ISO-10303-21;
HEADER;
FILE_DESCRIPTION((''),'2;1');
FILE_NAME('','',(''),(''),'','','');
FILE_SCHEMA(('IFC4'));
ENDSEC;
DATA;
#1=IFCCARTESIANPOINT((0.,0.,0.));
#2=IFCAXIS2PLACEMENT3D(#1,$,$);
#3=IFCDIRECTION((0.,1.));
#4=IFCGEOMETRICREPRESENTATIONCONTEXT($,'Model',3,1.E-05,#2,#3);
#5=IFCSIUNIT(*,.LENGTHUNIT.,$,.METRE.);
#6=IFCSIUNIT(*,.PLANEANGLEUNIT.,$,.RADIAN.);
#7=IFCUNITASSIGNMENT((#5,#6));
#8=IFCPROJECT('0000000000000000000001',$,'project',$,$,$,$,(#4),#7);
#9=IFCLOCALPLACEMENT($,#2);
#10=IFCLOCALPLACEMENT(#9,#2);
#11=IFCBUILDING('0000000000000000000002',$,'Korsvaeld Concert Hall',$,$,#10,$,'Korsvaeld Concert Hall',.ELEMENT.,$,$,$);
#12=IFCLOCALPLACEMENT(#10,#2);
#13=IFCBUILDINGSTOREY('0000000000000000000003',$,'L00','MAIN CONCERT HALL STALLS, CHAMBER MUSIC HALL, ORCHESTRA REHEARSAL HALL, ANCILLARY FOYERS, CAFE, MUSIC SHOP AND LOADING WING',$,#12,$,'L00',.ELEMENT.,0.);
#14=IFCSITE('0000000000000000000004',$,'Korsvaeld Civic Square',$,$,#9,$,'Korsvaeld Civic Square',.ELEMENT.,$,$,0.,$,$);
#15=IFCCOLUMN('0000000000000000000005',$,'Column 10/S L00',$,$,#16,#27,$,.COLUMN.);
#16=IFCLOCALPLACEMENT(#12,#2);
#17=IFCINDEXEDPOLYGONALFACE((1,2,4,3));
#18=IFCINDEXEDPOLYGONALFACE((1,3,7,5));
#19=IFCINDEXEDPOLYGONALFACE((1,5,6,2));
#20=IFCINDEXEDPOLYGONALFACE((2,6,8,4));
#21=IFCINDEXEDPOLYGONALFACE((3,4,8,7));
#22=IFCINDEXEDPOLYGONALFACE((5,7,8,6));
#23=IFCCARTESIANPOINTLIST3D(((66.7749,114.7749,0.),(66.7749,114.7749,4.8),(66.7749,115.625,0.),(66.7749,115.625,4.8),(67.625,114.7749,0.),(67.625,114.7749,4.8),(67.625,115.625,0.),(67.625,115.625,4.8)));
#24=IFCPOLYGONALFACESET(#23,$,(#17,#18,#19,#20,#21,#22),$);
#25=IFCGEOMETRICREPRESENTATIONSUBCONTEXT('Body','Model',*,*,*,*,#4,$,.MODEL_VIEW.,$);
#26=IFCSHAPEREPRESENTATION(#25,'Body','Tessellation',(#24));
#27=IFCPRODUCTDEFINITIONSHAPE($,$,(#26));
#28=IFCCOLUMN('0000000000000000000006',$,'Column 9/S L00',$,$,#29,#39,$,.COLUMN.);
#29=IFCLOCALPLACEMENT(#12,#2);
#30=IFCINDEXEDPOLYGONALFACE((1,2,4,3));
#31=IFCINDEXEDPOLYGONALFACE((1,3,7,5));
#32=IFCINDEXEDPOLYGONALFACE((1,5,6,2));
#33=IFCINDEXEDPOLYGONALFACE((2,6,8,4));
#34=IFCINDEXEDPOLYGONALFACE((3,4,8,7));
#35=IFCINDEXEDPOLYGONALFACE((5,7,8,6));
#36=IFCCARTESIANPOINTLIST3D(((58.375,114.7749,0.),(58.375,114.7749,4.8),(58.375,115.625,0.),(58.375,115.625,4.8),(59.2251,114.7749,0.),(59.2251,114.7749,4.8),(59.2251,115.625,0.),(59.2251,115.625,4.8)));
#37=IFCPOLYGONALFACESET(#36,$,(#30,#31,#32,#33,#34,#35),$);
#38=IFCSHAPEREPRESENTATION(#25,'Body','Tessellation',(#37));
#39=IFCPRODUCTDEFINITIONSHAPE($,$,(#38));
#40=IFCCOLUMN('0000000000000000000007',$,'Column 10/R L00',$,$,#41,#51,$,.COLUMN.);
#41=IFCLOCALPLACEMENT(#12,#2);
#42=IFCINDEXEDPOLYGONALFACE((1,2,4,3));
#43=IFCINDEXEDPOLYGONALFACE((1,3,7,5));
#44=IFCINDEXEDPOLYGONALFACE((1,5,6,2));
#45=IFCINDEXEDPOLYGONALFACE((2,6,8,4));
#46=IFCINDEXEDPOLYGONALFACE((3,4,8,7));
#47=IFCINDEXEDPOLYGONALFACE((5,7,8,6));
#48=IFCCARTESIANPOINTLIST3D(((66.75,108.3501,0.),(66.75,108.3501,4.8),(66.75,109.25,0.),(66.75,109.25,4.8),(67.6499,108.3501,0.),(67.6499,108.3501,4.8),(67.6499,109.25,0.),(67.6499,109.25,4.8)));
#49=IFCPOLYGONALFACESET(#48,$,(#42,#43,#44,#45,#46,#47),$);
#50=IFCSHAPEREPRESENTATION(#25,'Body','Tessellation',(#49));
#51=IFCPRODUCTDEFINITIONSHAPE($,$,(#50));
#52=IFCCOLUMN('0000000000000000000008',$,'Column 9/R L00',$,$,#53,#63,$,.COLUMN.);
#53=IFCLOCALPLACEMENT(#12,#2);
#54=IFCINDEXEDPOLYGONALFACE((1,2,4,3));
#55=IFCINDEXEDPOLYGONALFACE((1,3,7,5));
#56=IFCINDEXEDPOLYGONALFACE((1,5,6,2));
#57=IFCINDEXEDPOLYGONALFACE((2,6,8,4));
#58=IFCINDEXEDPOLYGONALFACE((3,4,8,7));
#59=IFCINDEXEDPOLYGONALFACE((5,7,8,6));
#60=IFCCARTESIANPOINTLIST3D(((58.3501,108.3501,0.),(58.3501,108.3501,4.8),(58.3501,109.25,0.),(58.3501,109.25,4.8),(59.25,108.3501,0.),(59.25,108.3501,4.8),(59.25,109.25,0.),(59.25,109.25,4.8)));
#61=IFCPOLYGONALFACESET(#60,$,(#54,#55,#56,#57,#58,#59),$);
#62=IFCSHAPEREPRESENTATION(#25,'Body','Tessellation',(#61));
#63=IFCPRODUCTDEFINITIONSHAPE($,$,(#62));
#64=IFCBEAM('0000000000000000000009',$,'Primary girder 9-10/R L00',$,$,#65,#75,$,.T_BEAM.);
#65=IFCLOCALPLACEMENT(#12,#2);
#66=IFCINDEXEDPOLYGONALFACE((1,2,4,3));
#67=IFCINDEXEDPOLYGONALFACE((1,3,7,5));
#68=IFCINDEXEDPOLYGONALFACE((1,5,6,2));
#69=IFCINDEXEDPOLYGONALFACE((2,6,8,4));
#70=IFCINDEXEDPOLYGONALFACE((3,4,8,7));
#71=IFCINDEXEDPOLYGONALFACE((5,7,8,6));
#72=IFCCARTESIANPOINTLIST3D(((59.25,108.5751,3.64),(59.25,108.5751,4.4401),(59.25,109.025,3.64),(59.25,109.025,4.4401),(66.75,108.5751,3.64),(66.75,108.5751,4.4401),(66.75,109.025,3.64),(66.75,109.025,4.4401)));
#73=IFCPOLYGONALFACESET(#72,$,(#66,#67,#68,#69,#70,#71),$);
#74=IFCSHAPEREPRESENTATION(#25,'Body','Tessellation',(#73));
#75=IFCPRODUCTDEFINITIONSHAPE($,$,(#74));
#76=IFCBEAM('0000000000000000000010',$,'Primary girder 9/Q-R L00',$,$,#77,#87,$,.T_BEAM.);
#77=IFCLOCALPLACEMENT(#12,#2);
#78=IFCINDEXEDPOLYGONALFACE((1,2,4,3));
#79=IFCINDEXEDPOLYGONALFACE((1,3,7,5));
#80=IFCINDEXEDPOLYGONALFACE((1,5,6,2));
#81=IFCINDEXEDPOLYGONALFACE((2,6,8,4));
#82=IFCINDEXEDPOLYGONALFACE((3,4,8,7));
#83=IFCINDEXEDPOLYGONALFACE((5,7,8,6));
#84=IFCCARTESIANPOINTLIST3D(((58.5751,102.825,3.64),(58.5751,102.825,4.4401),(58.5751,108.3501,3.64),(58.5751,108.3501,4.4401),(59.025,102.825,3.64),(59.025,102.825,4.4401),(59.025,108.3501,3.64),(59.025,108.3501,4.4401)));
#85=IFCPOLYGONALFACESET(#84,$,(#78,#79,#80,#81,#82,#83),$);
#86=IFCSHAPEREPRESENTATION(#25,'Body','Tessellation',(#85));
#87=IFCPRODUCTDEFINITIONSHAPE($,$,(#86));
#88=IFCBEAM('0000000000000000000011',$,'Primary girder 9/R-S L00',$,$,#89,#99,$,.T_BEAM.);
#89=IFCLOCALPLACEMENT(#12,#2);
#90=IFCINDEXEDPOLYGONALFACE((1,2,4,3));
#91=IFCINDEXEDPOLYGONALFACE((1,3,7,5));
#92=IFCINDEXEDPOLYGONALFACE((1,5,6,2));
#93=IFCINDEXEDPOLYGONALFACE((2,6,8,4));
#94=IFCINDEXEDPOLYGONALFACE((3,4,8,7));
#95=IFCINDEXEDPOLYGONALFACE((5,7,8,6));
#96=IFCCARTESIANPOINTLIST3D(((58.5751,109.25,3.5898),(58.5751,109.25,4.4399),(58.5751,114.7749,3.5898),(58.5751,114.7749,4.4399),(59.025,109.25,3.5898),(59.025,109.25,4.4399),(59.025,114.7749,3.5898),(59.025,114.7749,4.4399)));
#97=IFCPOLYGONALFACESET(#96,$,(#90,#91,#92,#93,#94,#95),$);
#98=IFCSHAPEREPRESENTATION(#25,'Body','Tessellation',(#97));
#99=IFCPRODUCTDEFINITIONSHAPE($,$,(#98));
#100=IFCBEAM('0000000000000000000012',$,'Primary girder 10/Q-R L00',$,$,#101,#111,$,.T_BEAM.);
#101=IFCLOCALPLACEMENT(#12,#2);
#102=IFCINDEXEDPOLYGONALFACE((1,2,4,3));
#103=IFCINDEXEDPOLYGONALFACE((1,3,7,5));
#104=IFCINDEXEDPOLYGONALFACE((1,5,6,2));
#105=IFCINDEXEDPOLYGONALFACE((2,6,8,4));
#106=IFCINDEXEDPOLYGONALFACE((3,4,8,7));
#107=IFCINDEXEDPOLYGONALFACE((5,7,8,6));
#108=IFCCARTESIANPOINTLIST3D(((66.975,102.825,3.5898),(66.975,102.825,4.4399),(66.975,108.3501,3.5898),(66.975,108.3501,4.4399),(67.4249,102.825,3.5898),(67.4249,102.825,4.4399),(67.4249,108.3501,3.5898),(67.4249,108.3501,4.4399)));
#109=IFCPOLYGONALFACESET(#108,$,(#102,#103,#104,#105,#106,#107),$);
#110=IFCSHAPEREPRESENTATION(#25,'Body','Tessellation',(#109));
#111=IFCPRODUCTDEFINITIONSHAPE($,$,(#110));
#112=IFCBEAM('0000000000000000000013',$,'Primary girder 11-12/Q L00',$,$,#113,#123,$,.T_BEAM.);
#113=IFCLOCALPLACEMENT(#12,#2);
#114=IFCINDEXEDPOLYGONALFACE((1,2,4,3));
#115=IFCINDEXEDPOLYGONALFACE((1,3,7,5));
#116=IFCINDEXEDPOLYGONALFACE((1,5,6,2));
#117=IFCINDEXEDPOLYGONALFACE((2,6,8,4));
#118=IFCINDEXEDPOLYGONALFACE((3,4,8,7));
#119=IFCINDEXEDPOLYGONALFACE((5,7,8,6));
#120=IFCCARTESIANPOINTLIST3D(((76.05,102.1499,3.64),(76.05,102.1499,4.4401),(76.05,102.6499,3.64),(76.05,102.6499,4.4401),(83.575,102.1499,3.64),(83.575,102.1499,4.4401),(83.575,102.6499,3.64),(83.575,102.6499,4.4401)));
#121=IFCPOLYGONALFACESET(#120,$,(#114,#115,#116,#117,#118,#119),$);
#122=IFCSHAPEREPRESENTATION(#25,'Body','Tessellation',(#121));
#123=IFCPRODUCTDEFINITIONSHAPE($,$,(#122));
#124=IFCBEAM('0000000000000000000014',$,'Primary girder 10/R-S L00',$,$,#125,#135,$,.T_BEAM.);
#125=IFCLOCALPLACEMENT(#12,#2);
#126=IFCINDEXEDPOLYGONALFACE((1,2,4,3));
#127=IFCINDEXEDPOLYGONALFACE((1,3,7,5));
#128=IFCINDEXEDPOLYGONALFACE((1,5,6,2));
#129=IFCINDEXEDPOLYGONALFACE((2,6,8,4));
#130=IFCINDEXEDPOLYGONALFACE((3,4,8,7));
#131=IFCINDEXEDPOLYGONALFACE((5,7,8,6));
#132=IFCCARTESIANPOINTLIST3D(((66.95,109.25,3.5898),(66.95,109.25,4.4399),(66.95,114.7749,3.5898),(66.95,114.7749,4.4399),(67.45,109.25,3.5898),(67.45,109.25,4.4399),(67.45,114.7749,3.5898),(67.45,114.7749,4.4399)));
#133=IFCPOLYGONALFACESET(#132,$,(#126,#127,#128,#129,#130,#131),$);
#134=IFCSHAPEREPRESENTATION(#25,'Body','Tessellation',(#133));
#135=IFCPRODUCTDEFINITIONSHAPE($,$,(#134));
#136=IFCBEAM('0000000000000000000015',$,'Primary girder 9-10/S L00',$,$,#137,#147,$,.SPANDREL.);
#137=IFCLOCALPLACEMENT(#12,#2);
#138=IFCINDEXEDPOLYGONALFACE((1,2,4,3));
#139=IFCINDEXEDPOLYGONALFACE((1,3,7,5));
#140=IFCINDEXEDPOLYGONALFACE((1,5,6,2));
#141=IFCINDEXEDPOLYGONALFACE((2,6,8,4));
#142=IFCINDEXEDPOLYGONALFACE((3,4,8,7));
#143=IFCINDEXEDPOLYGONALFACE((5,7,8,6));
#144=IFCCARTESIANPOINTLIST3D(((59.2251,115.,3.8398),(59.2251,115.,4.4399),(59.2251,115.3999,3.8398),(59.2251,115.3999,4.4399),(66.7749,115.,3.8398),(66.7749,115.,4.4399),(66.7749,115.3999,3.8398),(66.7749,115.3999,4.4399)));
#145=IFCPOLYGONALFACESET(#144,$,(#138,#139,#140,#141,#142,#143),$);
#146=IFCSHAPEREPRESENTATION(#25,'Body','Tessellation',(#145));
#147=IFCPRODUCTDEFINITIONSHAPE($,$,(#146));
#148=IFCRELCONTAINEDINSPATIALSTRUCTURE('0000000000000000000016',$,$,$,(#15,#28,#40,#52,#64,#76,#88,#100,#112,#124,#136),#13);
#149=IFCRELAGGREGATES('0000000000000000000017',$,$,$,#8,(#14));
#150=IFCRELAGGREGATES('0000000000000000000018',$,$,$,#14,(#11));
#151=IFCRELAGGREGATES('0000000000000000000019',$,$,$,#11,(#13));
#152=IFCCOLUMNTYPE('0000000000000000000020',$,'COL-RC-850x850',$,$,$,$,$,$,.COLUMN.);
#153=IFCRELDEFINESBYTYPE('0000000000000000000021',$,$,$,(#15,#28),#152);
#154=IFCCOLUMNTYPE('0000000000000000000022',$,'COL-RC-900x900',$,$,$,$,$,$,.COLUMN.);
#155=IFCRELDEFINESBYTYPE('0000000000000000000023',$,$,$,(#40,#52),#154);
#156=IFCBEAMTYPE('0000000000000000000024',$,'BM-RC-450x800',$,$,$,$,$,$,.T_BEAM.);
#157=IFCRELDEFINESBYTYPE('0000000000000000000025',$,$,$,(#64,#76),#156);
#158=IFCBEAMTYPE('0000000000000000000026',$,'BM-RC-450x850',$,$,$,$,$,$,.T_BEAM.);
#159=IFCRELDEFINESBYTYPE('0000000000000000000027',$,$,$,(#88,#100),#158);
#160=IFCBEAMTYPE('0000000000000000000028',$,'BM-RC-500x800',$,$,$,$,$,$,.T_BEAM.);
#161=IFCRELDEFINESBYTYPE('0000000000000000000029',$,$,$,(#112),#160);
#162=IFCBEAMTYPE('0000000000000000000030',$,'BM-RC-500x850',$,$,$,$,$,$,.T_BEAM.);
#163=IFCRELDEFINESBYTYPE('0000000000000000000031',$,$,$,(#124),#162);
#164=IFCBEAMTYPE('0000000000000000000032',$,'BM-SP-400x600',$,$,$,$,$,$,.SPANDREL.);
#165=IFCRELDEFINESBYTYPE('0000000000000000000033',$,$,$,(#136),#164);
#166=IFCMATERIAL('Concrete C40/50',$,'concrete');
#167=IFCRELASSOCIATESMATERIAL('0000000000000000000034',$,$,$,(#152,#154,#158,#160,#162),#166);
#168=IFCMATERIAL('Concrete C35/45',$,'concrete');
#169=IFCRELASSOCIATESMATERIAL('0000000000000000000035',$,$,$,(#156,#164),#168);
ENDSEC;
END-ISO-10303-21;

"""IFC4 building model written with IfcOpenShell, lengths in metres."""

from ifc_helpers import new_model, si_unit, direction, frame, origin, origin_2d, place, context, subcontext, project, spatial, rectangle, extrude, material, material_profile, profile_set, type_object, element, save


model = new_model("IFC4")

# Units and contexts
model_context = context("Model", 3, precision=1e-05, world=origin(), true_north=direction((0.0, 1.0)))
body_context = subcontext(model_context, "Body", "Model", "MODEL_VIEW")
ifc_project = project(units=[si_unit("LENGTHUNIT", "METRE"), si_unit("PLANEANGLEUNIT", "RADIAN")], contexts=[model_context])

# Site, building, storey
site_placement = place(None, origin())
site = spatial("IfcSite", under=ifc_project, at=site_placement, Name="Korsvaeld Civic Square", LongName="Korsvaeld Civic Square", CompositionType="ELEMENT", RefElevation=0.0)
building_placement = place(site_placement, origin())
building = spatial("IfcBuilding", under=site, at=building_placement, Name="Korsvaeld Concert Hall", LongName="Korsvaeld Concert Hall", CompositionType="ELEMENT")
storey_placement = place(building_placement, origin())
storey = spatial("IfcBuildingStorey", under=building, at=storey_placement, Name="L00", Description="MAIN CONCERT HALL STALLS, CHAMBER MUSIC HALL, ORCHESTRA REHEARSAL HALL, ANCILLARY FOYERS, CAFE, MUSIC SHOP AND LOADING WING", LongName="L00", CompositionType="ELEMENT", Elevation=0.0)

# Columns
ifc_material_1 = material(Name="Concrete C40/50", Category="concrete")
ifc_material_profile_1 = material_profile(ifc_material_1, rectangle(XDim=0.8501, YDim=0.8501, at=origin_2d()), Name="RC 850x850")
ifc_profile_set_1 = profile_set([ifc_material_profile_1], Name="Concrete C40/50")
column_type_1 = type_object("IfcColumnType", Name="COL-RC-850x850", PredefinedType="COLUMN", material=ifc_profile_set_1)
for number, where, z_axis, x_axis, name in (
    (1, (67.2, 115.2, 0.0), (0.0, 0.0, 1.0), (1.0, 0.0, 0.0), "Column 10/S L00"),
    (2, (58.8, 115.2, 0.0), (0.0, 0.0, 1.0), (1.0, 0.0, 0.0), "Column 9/S L00"),
):
    element("IfcColumn", number, at=place(storey_placement, frame(where, z_axis=z_axis, x_axis=x_axis)), inside=storey, type_object=column_type_1, Name=name, PredefinedType="COLUMN", context=body_context, shape_type="SweptSolid", body=[
        extrude(rectangle(XDim=0.8501, YDim=0.8501, at=origin_2d()), origin(), (0.0, 0.0, 1.0), 4.8),
    ])
ifc_material_profile_2 = material_profile(ifc_material_1, rectangle(XDim=0.8999, YDim=0.8999, at=origin_2d()), Name="RC 900x900")
ifc_profile_set_2 = profile_set([ifc_material_profile_2], Name="Concrete C40/50")
column_type_2 = type_object("IfcColumnType", Name="COL-RC-900x900", PredefinedType="COLUMN", material=ifc_profile_set_2)
for number, where, z_axis, x_axis, name in (
    (3, (67.2, 108.8, 0.0), (0.0, 0.0, 1.0), (1.0, 0.0, 0.0), "Column 10/R L00"),
    (4, (58.8, 108.8, 0.0), (0.0, 0.0, 1.0), (1.0, 0.0, 0.0), "Column 9/R L00"),
):
    element("IfcColumn", number, at=place(storey_placement, frame(where, z_axis=z_axis, x_axis=x_axis)), inside=storey, type_object=column_type_2, Name=name, PredefinedType="COLUMN", context=body_context, shape_type="SweptSolid", body=[
        extrude(rectangle(XDim=0.8999, YDim=0.8999, at=origin_2d()), origin(), (0.0, 0.0, 1.0), 4.8),
    ])

# Beams
ifc_material_2 = material(Name="Concrete C35/45", Category="concrete")
ifc_material_profile_3 = material_profile(ifc_material_2, rectangle(XDim=0.45, YDim=0.8, at=origin_2d()), Name="RC 450x800")
ifc_profile_set_3 = profile_set([ifc_material_profile_3], Name="Concrete C35/45")
beam_type_1 = type_object("IfcBeamType", Name="BM-RC-450x800", PredefinedType="T_BEAM", material=ifc_profile_set_3)
beam_1_placement = place(storey_placement, frame((59.25, 108.8, 4.04), z_axis=(1.0, 0.0, 0.0), x_axis=(0.0, 1.0, 0.0)))
element("IfcBeam", 5, at=beam_1_placement, inside=storey, type_object=beam_type_1, Name="Primary girder 9-10/R L00", PredefinedType="T_BEAM", context=body_context, shape_type="SweptSolid", body=[
    extrude(rectangle(XDim=0.45, YDim=0.8, at=origin_2d()), origin(), (0.0, 0.0, 1.0), 7.5),
])
beam_2_placement = place(storey_placement, frame((58.8, 102.825, 4.04), z_axis=(0.0, 1.0, 0.0), x_axis=(-1.0, 0.0, 0.0)))
element("IfcBeam", 6, at=beam_2_placement, inside=storey, type_object=beam_type_1, Name="Primary girder 9/Q-R L00", PredefinedType="T_BEAM", context=body_context, shape_type="SweptSolid", body=[
    extrude(rectangle(XDim=0.45, YDim=0.8, at=origin_2d()), origin(), (0.0, 0.0, 1.0), 5.5251),
])
ifc_material_profile_4 = material_profile(ifc_material_1, rectangle(XDim=0.45, YDim=0.8501, at=origin_2d()), Name="RC 450x850")
ifc_profile_set_4 = profile_set([ifc_material_profile_4], Name="Concrete C40/50")
beam_type_2 = type_object("IfcBeamType", Name="BM-RC-450x850", PredefinedType="T_BEAM", material=ifc_profile_set_4)
beam_3_placement = place(storey_placement, frame((58.8, 109.25, 4.0149), z_axis=(0.0, 1.0, 0.0), x_axis=(-1.0, 0.0, 0.0)))
element("IfcBeam", 7, at=beam_3_placement, inside=storey, type_object=beam_type_2, Name="Primary girder 9/R-S L00", PredefinedType="T_BEAM", context=body_context, shape_type="SweptSolid", body=[
    extrude(rectangle(XDim=0.45, YDim=0.8501, at=origin_2d()), origin(), (0.0, 0.0, 1.0), 5.5249),
])
beam_4_placement = place(storey_placement, frame((67.2, 102.825, 4.0149), z_axis=(0.0, 1.0, 0.0), x_axis=(-1.0, 0.0, 0.0)))
element("IfcBeam", 8, at=beam_4_placement, inside=storey, type_object=beam_type_2, Name="Primary girder 10/Q-R L00", PredefinedType="T_BEAM", context=body_context, shape_type="SweptSolid", body=[
    extrude(rectangle(XDim=0.45, YDim=0.8501, at=origin_2d()), origin(), (0.0, 0.0, 1.0), 5.5251),
])
ifc_material_profile_5 = material_profile(ifc_material_1, rectangle(XDim=0.5, YDim=0.8, at=origin_2d()), Name="RC 500x800")
ifc_profile_set_5 = profile_set([ifc_material_profile_5], Name="Concrete C40/50")
beam_type_3 = type_object("IfcBeamType", Name="BM-RC-500x800", PredefinedType="T_BEAM", material=ifc_profile_set_5)
beam_5_placement = place(storey_placement, frame((76.05, 102.3999, 4.04), z_axis=(1.0, 0.0, 0.0), x_axis=(0.0, 1.0, 0.0)))
element("IfcBeam", 9, at=beam_5_placement, inside=storey, type_object=beam_type_3, Name="Primary girder 11-12/Q L00", PredefinedType="T_BEAM", context=body_context, shape_type="SweptSolid", body=[
    extrude(rectangle(XDim=0.5, YDim=0.8, at=origin_2d()), origin(), (0.0, 0.0, 1.0), 7.5249),
])
ifc_material_profile_6 = material_profile(ifc_material_1, rectangle(XDim=0.5, YDim=0.8501, at=origin_2d()), Name="RC 500x850")
ifc_profile_set_6 = profile_set([ifc_material_profile_6], Name="Concrete C40/50")
beam_type_4 = type_object("IfcBeamType", Name="BM-RC-500x850", PredefinedType="T_BEAM", material=ifc_profile_set_6)
beam_6_placement = place(storey_placement, frame((67.2, 109.25, 4.0149), z_axis=(0.0, 1.0, 0.0), x_axis=(-1.0, 0.0, 0.0)))
element("IfcBeam", 10, at=beam_6_placement, inside=storey, type_object=beam_type_4, Name="Primary girder 10/R-S L00", PredefinedType="T_BEAM", context=body_context, shape_type="SweptSolid", body=[
    extrude(rectangle(XDim=0.5, YDim=0.8501, at=origin_2d()), origin(), (0.0, 0.0, 1.0), 5.5249),
])
ifc_material_profile_7 = material_profile(ifc_material_2, rectangle(XDim=0.3999, YDim=0.6001, at=origin_2d()), Name="RC 400x600")
ifc_profile_set_7 = profile_set([ifc_material_profile_7], Name="Concrete C35/45")
beam_type_5 = type_object("IfcBeamType", Name="BM-SP-400x600", PredefinedType="SPANDREL", material=ifc_profile_set_7)
beam_7_placement = place(storey_placement, frame((59.2251, 115.2, 4.1399), z_axis=(1.0, 0.0, 0.0), x_axis=(0.0, 1.0, 0.0)))
element("IfcBeam", 11, at=beam_7_placement, inside=storey, type_object=beam_type_5, Name="Primary girder 9-10/S L00", PredefinedType="SPANDREL", context=body_context, shape_type="SweptSolid", body=[
    extrude(rectangle(XDim=0.3999, YDim=0.6001, at=origin_2d()), origin(), (0.0, 0.0, 1.0), 7.5498),
])

save(model, "model.ifc")
